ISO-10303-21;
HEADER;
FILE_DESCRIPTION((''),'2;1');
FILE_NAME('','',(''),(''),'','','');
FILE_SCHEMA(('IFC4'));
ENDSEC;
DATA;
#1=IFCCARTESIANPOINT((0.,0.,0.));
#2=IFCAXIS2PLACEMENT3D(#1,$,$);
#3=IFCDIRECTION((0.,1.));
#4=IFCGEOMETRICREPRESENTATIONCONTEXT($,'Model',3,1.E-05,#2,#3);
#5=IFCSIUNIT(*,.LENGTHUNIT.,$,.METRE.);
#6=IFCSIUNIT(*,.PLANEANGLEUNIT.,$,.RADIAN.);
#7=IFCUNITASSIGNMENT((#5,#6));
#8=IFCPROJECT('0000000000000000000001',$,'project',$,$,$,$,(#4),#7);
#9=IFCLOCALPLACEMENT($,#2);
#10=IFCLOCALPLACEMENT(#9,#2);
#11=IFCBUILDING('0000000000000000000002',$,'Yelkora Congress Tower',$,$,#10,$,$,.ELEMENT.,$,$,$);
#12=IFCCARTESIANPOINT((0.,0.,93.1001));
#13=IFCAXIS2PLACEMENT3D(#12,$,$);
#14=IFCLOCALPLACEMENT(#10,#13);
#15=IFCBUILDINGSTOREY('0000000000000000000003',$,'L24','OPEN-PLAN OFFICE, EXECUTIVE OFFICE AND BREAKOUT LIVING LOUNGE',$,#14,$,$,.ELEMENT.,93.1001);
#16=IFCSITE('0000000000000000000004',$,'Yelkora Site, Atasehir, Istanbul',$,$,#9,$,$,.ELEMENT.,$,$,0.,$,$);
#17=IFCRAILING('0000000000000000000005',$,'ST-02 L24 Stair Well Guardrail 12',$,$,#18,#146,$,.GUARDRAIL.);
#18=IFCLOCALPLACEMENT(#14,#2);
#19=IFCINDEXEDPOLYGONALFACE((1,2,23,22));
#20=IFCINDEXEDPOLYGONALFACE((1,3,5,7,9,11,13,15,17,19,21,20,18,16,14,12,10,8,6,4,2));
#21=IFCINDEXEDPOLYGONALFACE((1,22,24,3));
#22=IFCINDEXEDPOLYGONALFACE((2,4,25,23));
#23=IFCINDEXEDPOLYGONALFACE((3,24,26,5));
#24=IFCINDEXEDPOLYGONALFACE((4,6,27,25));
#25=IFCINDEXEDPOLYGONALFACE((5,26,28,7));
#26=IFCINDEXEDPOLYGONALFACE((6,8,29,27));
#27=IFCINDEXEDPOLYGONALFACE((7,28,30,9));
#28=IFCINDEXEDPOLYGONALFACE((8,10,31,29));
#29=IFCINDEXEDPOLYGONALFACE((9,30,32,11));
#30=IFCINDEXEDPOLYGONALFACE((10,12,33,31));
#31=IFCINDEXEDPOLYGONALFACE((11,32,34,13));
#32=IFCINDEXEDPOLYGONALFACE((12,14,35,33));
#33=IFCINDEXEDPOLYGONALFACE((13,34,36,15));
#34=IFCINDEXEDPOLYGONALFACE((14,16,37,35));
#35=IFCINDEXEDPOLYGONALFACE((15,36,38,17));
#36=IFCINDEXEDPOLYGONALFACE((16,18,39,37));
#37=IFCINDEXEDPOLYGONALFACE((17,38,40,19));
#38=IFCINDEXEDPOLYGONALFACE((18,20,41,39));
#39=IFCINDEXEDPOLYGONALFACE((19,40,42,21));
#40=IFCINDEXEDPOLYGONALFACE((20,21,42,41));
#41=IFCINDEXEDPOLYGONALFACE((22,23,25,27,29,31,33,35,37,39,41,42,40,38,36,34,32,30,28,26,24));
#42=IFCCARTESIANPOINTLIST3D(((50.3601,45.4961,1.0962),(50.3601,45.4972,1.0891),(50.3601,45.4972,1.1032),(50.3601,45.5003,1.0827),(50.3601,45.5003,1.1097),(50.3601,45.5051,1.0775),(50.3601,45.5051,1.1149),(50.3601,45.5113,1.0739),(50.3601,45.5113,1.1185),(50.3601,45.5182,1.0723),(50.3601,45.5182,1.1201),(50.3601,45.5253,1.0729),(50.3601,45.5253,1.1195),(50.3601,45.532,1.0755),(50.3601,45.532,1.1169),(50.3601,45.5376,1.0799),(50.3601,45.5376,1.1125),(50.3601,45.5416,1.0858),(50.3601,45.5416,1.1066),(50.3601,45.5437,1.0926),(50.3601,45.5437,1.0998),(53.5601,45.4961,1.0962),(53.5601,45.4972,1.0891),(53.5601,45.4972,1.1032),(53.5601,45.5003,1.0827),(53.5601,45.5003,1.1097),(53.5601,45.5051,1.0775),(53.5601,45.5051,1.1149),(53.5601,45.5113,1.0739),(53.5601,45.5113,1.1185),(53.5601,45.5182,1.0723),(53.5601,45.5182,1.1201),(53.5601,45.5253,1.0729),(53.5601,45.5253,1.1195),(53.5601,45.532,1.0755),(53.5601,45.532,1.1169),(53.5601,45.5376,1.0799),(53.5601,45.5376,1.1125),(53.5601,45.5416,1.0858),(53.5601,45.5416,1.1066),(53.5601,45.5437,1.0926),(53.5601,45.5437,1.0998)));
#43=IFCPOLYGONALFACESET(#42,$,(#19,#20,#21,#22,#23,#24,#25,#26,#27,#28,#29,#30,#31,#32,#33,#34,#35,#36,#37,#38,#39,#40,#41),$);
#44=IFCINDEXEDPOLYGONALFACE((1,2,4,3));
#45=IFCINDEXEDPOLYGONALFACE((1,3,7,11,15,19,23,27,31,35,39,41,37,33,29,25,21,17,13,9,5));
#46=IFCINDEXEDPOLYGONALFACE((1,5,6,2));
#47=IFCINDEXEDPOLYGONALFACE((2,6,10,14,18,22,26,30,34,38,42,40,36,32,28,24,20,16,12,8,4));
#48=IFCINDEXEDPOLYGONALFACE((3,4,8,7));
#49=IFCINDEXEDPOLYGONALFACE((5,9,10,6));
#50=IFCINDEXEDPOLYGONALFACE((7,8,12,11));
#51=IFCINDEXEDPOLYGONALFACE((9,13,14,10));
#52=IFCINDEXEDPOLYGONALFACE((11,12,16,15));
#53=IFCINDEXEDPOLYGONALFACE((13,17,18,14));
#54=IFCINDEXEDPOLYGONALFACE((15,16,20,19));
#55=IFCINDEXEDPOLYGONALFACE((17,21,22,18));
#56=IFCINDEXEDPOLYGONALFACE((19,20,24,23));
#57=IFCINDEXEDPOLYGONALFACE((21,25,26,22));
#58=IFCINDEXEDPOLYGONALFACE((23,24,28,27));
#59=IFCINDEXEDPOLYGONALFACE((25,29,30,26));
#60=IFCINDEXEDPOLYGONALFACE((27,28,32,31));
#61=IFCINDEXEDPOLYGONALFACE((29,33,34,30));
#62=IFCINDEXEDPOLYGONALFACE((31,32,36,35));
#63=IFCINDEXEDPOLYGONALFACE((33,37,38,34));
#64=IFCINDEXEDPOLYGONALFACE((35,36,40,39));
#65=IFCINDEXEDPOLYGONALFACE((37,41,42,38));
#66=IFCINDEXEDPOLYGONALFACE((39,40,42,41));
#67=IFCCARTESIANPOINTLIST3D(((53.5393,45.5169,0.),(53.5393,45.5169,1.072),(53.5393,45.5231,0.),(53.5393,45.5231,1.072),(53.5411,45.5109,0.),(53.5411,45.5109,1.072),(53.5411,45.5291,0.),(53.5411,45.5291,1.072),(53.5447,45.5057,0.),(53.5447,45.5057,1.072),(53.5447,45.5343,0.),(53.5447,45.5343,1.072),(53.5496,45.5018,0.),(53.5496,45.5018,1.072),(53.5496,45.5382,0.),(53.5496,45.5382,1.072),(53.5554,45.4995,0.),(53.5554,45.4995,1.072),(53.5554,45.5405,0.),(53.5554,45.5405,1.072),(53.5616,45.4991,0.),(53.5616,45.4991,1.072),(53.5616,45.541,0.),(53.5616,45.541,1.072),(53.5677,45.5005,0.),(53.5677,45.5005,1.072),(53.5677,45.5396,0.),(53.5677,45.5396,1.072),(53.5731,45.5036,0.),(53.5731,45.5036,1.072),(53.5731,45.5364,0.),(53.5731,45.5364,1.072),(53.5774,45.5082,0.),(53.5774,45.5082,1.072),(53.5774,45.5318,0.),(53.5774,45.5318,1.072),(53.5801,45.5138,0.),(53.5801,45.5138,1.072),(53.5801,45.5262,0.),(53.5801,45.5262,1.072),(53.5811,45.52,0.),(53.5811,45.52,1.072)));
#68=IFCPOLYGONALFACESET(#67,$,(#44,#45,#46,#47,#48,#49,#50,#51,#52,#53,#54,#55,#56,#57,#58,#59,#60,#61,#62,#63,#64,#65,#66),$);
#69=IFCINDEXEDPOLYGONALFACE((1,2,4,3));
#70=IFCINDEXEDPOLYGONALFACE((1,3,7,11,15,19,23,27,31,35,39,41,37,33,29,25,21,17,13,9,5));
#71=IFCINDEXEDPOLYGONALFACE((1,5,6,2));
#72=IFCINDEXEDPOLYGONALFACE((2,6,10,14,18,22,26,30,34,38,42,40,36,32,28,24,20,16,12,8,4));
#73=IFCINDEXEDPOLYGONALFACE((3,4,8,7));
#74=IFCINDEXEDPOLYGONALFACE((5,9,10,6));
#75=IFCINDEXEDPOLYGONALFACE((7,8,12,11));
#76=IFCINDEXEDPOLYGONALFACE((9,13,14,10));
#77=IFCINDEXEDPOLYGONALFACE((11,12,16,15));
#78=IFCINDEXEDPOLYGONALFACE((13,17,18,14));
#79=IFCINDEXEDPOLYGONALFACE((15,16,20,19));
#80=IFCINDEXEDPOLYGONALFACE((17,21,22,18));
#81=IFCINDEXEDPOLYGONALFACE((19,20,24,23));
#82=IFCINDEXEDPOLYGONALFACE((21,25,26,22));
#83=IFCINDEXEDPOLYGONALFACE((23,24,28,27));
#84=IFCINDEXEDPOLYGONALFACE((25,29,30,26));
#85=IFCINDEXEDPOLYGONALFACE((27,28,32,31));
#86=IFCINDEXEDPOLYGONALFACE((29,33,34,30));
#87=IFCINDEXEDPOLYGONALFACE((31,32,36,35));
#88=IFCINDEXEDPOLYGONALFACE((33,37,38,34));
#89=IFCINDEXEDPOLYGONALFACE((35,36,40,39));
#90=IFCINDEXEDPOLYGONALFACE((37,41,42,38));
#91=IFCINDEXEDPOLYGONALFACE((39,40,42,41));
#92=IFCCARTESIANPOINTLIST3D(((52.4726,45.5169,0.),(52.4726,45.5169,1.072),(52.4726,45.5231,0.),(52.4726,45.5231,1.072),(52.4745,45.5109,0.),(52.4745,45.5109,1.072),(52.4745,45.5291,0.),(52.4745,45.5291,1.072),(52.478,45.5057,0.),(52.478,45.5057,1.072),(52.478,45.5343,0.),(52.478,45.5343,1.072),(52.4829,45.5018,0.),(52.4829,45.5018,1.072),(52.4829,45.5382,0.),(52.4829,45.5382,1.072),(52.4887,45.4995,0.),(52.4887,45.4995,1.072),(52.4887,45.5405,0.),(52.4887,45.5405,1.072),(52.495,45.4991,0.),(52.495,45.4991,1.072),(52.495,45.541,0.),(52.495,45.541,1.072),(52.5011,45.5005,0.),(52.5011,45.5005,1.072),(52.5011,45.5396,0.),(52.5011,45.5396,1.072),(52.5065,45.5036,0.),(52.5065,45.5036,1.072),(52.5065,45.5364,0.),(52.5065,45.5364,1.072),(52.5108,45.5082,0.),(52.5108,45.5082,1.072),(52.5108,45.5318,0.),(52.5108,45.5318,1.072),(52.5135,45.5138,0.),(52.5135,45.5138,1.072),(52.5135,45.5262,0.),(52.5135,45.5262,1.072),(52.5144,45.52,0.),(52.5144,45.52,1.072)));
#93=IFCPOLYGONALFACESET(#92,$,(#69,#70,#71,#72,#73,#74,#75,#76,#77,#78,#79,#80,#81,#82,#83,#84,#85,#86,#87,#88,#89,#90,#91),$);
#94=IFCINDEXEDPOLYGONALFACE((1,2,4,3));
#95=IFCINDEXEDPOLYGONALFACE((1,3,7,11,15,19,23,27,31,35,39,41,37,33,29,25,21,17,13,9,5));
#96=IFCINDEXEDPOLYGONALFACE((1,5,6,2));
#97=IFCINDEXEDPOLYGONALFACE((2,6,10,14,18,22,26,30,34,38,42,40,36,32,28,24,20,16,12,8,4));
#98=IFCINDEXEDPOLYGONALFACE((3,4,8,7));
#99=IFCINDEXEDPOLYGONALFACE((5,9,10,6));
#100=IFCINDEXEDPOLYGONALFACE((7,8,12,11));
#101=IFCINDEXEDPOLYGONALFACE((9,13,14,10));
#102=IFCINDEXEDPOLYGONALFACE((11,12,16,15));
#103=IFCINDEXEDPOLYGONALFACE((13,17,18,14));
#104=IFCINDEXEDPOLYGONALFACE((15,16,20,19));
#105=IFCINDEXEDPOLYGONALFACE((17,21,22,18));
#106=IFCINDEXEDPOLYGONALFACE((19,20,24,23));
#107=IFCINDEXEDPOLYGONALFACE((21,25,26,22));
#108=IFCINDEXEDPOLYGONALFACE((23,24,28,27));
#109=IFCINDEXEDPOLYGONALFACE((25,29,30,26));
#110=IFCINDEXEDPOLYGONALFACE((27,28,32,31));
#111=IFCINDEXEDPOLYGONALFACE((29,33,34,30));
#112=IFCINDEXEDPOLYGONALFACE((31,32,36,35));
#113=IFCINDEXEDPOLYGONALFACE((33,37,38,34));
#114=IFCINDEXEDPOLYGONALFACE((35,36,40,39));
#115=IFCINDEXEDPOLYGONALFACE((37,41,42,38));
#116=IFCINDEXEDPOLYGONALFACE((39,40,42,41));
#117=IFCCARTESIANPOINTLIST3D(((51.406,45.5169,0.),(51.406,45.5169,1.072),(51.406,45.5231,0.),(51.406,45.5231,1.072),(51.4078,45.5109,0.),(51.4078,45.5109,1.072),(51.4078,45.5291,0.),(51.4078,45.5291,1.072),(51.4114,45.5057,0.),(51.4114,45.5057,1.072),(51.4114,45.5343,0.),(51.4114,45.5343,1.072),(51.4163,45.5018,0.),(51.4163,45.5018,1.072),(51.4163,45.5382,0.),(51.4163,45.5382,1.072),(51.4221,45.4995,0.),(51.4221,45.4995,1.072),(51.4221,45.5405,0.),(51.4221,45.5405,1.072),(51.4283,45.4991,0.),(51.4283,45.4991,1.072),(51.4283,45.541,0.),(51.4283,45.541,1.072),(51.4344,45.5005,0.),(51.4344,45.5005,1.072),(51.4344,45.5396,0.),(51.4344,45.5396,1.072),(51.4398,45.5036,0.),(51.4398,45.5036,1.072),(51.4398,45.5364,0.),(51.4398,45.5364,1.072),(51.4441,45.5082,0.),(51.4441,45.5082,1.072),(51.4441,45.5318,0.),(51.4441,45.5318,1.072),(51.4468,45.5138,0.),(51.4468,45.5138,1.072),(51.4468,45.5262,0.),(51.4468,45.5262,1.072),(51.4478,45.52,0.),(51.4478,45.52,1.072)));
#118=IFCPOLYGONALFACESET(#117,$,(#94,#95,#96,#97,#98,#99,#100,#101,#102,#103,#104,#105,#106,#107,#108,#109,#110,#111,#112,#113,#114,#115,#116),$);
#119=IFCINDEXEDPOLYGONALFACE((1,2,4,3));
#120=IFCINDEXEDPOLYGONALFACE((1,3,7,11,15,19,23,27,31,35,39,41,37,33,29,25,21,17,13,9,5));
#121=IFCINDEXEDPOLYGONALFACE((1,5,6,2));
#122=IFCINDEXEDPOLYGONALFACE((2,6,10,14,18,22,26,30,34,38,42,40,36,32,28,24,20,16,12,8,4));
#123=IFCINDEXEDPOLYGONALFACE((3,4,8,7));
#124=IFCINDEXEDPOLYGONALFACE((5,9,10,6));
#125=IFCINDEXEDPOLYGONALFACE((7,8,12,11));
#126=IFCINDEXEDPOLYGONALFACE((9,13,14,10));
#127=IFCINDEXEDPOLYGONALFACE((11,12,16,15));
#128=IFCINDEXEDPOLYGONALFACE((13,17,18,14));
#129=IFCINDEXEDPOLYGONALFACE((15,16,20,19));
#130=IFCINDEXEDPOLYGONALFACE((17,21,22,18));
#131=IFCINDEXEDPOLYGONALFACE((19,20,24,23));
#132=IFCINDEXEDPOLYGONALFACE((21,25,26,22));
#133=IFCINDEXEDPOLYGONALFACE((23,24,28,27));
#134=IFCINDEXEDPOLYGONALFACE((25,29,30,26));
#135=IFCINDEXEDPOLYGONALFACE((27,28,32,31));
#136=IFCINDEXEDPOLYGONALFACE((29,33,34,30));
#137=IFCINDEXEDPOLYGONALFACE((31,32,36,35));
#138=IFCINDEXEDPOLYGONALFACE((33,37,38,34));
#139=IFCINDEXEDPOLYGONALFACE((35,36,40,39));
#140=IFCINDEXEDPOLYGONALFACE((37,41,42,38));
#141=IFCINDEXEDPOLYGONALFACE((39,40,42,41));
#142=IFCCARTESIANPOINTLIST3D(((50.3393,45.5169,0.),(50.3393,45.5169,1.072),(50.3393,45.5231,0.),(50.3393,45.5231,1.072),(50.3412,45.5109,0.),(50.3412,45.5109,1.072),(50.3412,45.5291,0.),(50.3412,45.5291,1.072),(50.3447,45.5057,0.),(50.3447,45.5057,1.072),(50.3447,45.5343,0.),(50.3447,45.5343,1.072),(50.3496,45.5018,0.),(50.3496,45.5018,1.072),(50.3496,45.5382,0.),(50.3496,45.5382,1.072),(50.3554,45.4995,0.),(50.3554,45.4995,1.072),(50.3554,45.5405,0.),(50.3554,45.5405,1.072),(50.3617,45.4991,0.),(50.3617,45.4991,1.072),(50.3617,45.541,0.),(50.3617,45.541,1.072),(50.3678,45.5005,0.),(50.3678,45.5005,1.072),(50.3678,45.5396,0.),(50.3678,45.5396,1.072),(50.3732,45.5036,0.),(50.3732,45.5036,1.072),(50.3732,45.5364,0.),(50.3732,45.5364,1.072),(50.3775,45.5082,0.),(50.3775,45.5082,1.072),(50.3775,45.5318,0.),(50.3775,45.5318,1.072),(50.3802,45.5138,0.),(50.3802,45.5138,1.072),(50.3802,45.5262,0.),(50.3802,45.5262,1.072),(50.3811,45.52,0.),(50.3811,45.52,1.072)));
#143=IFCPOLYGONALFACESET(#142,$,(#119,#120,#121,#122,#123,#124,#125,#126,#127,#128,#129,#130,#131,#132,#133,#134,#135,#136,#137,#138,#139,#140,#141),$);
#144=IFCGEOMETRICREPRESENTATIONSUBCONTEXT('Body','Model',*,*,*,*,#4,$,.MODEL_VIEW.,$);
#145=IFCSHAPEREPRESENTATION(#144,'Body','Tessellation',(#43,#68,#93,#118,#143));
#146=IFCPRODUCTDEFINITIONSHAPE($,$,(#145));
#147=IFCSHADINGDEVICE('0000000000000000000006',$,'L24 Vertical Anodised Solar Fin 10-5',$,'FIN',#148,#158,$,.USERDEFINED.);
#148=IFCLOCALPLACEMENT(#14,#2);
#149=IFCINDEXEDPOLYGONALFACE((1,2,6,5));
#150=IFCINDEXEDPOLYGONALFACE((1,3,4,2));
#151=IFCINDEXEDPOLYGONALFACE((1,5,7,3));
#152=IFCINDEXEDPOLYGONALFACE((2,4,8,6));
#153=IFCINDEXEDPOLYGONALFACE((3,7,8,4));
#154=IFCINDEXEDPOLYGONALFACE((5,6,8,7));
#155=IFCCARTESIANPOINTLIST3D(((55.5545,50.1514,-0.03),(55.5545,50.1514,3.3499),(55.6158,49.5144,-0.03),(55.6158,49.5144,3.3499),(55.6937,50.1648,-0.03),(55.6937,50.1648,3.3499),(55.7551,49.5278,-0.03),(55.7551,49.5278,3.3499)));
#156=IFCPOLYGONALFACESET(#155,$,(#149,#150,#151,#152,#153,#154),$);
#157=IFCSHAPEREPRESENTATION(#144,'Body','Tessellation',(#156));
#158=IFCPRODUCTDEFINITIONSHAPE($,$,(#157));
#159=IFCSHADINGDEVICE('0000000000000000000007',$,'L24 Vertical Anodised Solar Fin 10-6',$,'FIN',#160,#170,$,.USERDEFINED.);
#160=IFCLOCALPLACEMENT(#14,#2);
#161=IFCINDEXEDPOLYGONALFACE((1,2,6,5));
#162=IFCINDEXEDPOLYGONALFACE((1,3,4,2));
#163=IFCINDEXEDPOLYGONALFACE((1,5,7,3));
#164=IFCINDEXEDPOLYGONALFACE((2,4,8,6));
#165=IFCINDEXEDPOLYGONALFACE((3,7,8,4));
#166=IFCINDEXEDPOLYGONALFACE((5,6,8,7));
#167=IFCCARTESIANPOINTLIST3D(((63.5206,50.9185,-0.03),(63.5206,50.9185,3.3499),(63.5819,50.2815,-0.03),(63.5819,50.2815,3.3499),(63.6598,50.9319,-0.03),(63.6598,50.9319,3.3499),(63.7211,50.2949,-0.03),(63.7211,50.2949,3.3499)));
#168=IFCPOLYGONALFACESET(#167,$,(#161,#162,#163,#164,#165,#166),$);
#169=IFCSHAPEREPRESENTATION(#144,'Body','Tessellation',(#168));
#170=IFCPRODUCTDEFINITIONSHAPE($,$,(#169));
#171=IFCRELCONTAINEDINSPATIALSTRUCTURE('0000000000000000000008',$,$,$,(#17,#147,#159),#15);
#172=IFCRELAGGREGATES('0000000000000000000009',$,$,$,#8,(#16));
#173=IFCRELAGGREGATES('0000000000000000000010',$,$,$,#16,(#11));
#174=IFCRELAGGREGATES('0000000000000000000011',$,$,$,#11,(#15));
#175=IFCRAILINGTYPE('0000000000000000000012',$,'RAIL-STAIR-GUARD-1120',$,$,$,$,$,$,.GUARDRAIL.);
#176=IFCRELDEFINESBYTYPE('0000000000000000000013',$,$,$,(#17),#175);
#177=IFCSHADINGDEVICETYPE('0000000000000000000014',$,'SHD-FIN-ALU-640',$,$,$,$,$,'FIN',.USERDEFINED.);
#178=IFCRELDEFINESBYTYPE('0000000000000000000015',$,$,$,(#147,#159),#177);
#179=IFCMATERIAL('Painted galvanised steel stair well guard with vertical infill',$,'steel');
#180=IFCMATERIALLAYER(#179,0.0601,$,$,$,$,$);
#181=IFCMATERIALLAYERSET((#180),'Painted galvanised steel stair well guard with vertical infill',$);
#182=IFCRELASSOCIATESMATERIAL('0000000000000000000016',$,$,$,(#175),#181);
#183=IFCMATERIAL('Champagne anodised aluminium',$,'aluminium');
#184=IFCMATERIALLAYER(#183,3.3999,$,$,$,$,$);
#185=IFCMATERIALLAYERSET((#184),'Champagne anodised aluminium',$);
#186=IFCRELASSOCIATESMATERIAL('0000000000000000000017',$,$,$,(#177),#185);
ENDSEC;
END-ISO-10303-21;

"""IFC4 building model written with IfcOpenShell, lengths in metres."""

from ifc_helpers import new_model, si_unit, direction, frame, origin, origin_2d, place, context, subcontext, project, spatial, rectangle, circle, extrude, material, layer, layer_set, type_object, element, save


model = new_model("IFC4")

# Units and contexts
model_context = context("Model", 3, precision=1e-05, world=origin(), true_north=direction((0.0, 1.0)))
body_context = subcontext(model_context, "Body", "Model", "MODEL_VIEW")
ifc_project = project(units=[si_unit("LENGTHUNIT", "METRE"), si_unit("PLANEANGLEUNIT", "RADIAN")], contexts=[model_context])

# Site, building, storey
site_placement = place(None, origin())
site = spatial("IfcSite", under=ifc_project, at=site_placement, Name="Yelkora Site, Atasehir, Istanbul", CompositionType="ELEMENT", RefElevation=0.0)
building_placement = place(site_placement, origin())
building = spatial("IfcBuilding", under=site, at=building_placement, Name="Yelkora Congress Tower", CompositionType="ELEMENT")
storey_placement = place(building_placement, frame((0.0, 0.0, 93.1001)))
storey = spatial("IfcBuildingStorey", under=building, at=storey_placement, Name="L24", Description="OPEN-PLAN OFFICE, EXECUTIVE OFFICE AND BREAKOUT LIVING LOUNGE", CompositionType="ELEMENT", Elevation=93.1001)

# Railing
ifc_material_1 = material(Name="Painted galvanised steel stair well guard with vertical infill", Category="steel")
ifc_layer_1 = layer(ifc_material_1, 0.0601)
ifc_layer_set_1 = layer_set([ifc_layer_1], Name="Painted galvanised steel stair well guard with vertical infill")
railing_type = type_object("IfcRailingType", Name="RAIL-STAIR-GUARD-1120", PredefinedType="GUARDRAIL", material=ifc_layer_set_1)
railing_1_placement = place(storey_placement, frame((53.5601, 45.52, 0.0)))
element("IfcRailing", 1, at=railing_1_placement, inside=storey, type_object=railing_type, Name="ST-02 L24 Stair Well Guardrail 12", PredefinedType="GUARDRAIL", context=body_context, shape_type="SweptSolid", body=[
    extrude(circle(Radius=0.0239, at=origin_2d()), frame((0.0, 0.0, 1.0962), z_axis=(-1.0, 0.0, 0.0), x_axis=(0.0, -1.0, 0.0)), (0.0, 0.0, 1.0), 3.2),
    extrude(circle(Radius=0.021, at=origin_2d()), origin(), (0.0, 0.0, 1.0), 1.072),
    extrude(circle(Radius=0.021, at=origin_2d()), frame((-1.0667, 0.0, 0.0)), (0.0, 0.0, 1.0), 1.072),
    extrude(circle(Radius=0.021, at=origin_2d()), frame((-2.1333, 0.0, 0.0)), (0.0, 0.0, 1.0), 1.072),
    extrude(circle(Radius=0.021, at=origin_2d()), frame((-3.2, 0.0, 0.0)), (0.0, 0.0, 1.0), 1.072),
])

# Shading devices
ifc_material_2 = material(Name="Champagne anodised aluminium", Category="aluminium")
ifc_layer_2 = layer(ifc_material_2, 3.3999)
ifc_layer_set_2 = layer_set([ifc_layer_2], Name="Champagne anodised aluminium")
shading_device_type = type_object("IfcShadingDeviceType", Name="SHD-FIN-ALU-640", ElementType="FIN", PredefinedType="USERDEFINED", material=ifc_layer_set_2)
for number, where, z_axis, x_axis, name in (
    (2, (55.6548, 49.8396, -0.03), (0.0, 0.0, 1.0), (0.995396, 0.095846, 0.0), "L24 Vertical Anodised Solar Fin 10-5"),
    (3, (63.6208, 50.6067, -0.03), (0.0, 0.0, 1.0), (0.995396, 0.095846, 0.0), "L24 Vertical Anodised Solar Fin 10-6"),
):
    element("IfcShadingDevice", number, at=place(storey_placement, frame(where, z_axis=z_axis, x_axis=x_axis)), inside=storey, type_object=shading_device_type, Name=name, ObjectType="FIN", PredefinedType="USERDEFINED", context=body_context, shape_type="SweptSolid", body=[
        extrude(rectangle(XDim=0.1399, YDim=0.6399, at=origin_2d()), origin(), (0.0, 0.0, 1.0), 3.3799),
    ])

save(model, "model.ifc")
